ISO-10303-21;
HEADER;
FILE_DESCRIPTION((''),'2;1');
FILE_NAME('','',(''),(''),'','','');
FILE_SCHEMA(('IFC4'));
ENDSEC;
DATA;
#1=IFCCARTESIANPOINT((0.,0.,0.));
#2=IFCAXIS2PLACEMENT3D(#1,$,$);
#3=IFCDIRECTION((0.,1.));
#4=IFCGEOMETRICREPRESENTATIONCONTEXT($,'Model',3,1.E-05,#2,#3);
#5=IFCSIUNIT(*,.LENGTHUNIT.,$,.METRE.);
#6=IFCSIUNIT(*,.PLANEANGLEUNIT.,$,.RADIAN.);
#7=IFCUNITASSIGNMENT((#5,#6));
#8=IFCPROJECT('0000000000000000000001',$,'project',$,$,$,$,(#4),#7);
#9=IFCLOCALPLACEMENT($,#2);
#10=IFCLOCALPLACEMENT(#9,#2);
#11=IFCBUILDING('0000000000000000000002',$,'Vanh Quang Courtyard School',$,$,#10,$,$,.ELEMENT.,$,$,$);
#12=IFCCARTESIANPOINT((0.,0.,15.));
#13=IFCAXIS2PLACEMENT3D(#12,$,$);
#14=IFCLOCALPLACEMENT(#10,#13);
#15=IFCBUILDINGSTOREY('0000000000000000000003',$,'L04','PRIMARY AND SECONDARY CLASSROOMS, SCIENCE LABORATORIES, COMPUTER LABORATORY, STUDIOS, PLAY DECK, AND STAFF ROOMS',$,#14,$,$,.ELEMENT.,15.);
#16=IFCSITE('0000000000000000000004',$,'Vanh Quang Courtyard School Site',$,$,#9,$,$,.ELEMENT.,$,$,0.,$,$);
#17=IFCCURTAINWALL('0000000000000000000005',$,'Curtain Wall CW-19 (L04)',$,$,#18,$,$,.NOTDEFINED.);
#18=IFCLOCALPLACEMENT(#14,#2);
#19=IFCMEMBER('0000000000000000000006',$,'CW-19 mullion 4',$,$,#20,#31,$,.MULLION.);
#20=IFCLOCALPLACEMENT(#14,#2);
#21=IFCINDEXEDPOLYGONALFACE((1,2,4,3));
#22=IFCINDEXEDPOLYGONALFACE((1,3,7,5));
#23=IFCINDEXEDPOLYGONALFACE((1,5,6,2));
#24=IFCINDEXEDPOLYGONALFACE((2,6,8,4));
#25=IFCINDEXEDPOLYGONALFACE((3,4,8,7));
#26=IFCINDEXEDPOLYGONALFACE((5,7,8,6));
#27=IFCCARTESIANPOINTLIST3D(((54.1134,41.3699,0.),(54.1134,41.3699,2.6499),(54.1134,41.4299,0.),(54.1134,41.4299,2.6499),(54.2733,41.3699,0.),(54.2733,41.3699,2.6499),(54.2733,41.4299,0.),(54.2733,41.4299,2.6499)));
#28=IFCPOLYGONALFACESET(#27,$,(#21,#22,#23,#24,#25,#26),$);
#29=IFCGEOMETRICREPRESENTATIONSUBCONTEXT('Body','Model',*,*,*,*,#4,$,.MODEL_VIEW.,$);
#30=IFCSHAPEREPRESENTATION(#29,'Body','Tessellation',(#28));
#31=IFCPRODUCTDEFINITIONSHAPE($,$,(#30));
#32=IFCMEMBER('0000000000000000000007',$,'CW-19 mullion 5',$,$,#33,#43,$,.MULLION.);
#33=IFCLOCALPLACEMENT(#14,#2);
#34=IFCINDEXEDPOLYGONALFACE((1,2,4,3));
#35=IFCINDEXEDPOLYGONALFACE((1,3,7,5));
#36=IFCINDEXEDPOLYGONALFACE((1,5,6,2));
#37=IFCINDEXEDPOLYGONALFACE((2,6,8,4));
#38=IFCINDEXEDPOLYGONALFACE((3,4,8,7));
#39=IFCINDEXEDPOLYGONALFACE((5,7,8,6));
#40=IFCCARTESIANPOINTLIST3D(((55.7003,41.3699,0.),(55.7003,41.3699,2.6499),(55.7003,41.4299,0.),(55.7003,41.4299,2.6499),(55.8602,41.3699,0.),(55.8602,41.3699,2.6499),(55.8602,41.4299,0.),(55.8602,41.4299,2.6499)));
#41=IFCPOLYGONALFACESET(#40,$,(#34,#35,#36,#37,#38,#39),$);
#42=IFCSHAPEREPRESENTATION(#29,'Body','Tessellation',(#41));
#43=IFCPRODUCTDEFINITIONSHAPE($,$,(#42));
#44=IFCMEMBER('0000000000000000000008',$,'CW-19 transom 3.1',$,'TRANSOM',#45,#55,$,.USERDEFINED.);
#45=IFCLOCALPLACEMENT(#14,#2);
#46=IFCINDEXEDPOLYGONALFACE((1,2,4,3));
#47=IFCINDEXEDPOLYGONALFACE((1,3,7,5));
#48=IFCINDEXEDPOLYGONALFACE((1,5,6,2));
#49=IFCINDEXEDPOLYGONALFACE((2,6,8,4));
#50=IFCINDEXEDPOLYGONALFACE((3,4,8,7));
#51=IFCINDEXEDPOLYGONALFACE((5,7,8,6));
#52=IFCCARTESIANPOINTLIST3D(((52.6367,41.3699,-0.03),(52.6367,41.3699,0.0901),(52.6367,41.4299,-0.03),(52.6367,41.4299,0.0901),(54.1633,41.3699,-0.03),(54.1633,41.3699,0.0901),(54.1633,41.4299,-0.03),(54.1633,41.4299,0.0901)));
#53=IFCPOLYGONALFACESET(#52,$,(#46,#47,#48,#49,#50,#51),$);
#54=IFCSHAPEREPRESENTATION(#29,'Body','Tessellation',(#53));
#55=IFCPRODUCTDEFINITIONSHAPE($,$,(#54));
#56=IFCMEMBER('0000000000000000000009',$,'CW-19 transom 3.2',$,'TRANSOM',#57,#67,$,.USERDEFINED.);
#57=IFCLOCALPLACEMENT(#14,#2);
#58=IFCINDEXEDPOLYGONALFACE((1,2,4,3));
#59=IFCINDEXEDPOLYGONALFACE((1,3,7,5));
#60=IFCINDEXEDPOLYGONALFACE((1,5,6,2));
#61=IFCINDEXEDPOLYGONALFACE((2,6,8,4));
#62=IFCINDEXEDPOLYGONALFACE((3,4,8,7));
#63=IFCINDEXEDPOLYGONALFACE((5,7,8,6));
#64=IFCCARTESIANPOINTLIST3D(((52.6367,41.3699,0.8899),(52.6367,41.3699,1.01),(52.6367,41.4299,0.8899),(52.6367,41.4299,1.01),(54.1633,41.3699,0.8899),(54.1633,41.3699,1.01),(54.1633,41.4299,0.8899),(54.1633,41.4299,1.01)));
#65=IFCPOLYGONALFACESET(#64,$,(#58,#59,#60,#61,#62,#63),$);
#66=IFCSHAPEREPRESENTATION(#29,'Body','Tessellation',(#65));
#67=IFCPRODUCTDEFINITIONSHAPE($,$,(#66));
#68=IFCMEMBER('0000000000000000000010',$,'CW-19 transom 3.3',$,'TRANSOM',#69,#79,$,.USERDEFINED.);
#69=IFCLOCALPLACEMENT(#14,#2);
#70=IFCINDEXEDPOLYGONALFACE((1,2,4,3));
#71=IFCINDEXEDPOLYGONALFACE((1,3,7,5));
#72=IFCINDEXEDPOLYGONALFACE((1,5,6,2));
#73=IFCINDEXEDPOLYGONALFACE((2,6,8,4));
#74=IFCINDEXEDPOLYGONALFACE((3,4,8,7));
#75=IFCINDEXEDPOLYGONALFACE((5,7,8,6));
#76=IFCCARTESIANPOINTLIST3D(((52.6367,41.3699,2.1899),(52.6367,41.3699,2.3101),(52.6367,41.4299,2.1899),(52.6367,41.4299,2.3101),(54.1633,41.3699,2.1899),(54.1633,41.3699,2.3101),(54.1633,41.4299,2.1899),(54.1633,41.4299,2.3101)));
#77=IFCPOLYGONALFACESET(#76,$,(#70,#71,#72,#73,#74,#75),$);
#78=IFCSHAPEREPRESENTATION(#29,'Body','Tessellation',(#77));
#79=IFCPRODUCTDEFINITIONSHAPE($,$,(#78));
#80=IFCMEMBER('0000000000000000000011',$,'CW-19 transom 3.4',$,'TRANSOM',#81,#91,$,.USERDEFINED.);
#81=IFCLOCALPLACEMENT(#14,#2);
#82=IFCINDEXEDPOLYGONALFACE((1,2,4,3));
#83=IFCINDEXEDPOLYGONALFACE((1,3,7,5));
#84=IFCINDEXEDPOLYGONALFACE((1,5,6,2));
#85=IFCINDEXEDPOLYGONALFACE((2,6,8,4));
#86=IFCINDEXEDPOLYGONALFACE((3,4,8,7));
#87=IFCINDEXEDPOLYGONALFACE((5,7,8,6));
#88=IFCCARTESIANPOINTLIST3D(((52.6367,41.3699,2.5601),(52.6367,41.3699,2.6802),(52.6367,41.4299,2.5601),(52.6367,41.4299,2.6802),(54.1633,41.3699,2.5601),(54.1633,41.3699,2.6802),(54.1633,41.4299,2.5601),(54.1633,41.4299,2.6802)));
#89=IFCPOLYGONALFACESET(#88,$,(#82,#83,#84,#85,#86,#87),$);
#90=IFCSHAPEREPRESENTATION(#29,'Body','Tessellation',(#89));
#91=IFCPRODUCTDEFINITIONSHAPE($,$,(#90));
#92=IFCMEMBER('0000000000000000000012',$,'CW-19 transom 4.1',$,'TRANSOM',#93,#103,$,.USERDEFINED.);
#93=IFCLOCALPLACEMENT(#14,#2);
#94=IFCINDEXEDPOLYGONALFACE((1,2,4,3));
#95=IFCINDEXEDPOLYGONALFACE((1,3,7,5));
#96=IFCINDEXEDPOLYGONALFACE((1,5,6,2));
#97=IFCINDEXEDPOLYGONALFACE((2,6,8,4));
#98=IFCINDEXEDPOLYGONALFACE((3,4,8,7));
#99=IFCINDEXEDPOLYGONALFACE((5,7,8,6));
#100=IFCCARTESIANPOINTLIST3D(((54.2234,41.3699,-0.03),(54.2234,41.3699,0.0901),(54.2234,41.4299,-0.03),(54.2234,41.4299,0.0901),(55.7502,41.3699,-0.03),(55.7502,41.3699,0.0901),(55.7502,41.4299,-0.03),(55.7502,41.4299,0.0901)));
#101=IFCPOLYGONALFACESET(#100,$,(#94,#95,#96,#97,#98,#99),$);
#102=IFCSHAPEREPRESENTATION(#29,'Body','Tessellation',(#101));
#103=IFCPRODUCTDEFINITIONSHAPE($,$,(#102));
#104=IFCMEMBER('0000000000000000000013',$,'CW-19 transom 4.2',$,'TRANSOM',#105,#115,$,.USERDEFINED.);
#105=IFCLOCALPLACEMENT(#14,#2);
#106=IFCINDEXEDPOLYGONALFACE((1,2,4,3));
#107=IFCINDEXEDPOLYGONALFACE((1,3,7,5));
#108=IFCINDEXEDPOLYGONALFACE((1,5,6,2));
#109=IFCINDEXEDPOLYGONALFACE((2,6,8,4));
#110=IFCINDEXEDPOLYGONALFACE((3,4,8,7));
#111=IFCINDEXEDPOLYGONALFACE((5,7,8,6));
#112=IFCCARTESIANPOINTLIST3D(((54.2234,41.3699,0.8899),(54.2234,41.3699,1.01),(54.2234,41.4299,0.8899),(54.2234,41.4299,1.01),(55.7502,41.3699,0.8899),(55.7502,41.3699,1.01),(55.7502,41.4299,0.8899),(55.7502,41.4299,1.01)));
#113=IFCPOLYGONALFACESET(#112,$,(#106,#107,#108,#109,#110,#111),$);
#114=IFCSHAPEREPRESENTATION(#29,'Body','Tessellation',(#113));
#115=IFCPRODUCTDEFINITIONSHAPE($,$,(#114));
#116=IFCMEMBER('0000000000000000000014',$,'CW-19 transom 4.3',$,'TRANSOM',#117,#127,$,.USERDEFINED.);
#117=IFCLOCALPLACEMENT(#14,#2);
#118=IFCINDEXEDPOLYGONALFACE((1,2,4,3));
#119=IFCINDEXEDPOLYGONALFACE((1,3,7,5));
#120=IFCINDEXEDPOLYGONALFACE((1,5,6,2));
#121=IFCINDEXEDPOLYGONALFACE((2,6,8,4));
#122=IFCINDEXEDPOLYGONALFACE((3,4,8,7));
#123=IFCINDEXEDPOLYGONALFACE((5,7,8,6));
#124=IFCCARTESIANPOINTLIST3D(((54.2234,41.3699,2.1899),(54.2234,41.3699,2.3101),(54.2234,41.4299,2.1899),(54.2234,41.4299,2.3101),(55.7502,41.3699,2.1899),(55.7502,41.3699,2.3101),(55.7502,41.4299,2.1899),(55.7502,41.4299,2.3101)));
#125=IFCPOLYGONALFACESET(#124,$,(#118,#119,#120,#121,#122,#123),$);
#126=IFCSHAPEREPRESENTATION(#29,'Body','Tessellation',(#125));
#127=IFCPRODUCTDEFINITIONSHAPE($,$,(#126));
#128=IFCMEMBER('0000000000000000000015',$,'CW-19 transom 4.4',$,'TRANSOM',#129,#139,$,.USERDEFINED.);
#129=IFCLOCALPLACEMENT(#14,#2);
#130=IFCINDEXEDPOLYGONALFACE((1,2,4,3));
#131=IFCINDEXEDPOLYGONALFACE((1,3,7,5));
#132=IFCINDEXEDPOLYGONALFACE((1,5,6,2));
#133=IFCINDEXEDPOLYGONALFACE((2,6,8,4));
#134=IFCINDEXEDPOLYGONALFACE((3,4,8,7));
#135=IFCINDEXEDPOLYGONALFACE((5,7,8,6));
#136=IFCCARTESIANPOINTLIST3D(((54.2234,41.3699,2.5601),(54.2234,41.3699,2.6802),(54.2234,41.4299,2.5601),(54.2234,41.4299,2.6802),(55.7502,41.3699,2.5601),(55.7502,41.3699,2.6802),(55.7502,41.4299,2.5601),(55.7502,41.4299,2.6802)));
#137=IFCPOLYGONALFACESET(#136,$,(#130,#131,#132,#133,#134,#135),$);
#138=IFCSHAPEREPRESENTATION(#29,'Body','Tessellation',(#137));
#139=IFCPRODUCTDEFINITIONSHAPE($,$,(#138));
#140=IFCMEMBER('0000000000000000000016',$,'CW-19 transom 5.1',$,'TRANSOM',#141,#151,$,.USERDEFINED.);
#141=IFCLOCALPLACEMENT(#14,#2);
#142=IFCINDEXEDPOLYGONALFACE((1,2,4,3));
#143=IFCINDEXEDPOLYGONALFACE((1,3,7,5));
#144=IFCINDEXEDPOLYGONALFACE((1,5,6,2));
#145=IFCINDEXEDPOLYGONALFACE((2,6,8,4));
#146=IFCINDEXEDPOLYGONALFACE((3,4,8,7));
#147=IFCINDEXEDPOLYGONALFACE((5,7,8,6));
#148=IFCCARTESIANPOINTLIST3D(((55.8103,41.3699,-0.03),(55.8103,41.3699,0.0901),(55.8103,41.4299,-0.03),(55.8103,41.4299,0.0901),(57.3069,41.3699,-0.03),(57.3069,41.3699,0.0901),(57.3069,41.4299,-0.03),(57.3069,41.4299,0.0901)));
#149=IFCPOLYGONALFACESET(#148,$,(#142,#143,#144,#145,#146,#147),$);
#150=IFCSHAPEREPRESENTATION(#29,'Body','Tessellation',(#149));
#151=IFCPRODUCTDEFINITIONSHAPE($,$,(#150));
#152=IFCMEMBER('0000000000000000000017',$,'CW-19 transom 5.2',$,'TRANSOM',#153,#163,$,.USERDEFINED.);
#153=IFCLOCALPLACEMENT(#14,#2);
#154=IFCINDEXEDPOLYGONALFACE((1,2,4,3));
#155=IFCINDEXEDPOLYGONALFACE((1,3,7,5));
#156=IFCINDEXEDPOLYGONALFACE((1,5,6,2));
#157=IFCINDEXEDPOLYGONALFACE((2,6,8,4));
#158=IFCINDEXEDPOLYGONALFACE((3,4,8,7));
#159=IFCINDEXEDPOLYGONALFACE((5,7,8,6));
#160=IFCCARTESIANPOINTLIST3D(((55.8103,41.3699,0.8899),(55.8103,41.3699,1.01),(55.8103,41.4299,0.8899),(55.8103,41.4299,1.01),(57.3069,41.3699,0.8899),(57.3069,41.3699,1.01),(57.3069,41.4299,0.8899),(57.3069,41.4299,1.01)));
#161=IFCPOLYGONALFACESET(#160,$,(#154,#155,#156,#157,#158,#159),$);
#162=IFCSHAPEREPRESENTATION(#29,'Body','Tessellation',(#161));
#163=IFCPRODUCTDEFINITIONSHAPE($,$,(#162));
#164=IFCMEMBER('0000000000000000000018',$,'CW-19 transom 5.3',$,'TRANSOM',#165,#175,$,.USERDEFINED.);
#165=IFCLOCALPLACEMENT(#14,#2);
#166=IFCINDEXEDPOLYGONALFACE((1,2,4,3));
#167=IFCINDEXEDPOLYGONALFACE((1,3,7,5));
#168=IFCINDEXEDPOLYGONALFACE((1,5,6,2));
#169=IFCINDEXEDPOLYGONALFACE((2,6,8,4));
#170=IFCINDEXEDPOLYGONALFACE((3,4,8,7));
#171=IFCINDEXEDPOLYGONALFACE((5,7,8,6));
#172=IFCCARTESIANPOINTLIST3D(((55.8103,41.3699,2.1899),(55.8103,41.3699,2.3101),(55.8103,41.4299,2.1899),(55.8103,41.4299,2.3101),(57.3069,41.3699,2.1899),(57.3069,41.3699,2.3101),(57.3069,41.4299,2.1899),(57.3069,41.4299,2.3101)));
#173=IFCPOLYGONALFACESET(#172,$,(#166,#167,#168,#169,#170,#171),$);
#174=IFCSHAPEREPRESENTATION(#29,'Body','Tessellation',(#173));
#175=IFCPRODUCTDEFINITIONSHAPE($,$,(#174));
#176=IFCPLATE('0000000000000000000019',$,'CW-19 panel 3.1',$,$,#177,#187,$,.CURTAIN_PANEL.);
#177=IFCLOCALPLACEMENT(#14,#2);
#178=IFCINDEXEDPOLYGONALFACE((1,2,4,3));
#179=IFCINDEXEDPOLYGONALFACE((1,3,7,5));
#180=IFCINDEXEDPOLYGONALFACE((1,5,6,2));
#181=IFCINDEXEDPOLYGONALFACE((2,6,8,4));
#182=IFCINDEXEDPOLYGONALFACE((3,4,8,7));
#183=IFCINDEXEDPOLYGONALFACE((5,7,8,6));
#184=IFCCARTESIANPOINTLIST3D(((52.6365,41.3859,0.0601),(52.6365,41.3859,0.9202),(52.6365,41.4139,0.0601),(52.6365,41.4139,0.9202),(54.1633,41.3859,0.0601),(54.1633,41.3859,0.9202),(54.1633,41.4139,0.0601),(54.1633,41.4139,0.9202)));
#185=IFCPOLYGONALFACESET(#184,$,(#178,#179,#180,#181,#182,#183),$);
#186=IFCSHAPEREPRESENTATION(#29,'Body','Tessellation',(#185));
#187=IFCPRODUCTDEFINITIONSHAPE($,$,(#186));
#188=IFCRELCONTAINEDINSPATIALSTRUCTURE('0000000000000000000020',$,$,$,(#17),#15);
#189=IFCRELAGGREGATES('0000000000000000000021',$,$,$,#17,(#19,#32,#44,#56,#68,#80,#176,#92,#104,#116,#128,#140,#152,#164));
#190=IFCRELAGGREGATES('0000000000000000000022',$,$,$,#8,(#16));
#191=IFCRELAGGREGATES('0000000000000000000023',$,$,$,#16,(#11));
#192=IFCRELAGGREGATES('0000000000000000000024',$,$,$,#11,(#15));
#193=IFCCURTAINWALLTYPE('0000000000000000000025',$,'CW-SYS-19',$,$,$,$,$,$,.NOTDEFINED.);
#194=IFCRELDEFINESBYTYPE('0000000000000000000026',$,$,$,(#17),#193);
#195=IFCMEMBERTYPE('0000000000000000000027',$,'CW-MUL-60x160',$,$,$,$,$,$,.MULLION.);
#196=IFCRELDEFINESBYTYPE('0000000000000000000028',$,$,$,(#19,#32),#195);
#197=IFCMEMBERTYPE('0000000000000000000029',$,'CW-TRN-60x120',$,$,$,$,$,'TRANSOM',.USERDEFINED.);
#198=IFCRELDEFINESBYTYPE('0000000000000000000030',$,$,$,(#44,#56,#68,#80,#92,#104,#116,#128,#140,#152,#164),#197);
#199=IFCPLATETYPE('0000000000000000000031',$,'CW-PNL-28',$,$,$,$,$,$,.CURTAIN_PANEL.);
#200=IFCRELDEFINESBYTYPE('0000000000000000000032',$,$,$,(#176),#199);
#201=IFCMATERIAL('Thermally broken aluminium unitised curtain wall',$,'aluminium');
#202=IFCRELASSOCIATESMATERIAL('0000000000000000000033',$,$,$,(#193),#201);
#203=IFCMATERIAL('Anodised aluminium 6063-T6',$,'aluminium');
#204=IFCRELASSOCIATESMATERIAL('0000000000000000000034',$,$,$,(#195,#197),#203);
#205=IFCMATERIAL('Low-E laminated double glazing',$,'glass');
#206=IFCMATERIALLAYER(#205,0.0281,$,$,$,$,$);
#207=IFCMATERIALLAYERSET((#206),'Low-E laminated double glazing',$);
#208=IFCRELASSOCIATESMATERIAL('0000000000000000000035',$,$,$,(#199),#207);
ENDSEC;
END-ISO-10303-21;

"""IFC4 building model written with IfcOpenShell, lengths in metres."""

from ifc_helpers import new_model, si_unit, direction, frame, origin, origin_2d, place, context, subcontext, project, spatial, rectangle, extrude, material, layer, layer_set, material_profile, profile_set, type_object, element, aggregate, save


model = new_model("IFC4")

# Units and contexts
model_context = context("Model", 3, precision=1e-05, world=origin(), true_north=direction((0.0, 1.0)))
body_context = subcontext(model_context, "Body", "Model", "MODEL_VIEW")
ifc_project = project(units=[si_unit("LENGTHUNIT", "METRE"), si_unit("PLANEANGLEUNIT", "RADIAN")], contexts=[model_context])

# Site, building, storey
site_placement = place(None, origin())
site = spatial("IfcSite", under=ifc_project, at=site_placement, Name="Vanh Quang Courtyard School Site", CompositionType="ELEMENT", RefElevation=0.0)
building_placement = place(site_placement, origin())
building = spatial("IfcBuilding", under=site, at=building_placement, Name="Vanh Quang Courtyard School", CompositionType="ELEMENT")
storey_placement = place(building_placement, frame((0.0, 0.0, 15.0)))
storey = spatial("IfcBuildingStorey", under=building, at=storey_placement, Name="L04", Description="PRIMARY AND SECONDARY CLASSROOMS, SCIENCE LABORATORIES, COMPUTER LABORATORY, STUDIOS, PLAY DECK, AND STAFF ROOMS", CompositionType="ELEMENT", Elevation=15.0)

# Curtain wall, members, plate
ifc_material_1 = material(Name="Thermally broken aluminium unitised curtain wall", Category="aluminium")
curtain_wall_type = type_object("IfcCurtainWallType", Name="CW-SYS-19", PredefinedType="NOTDEFINED", material=ifc_material_1)
curtain_wall_placement = place(storey_placement, origin())
curtain_wall = element("IfcCurtainWall", 1, at=curtain_wall_placement, inside=storey, type_object=curtain_wall_type, Name="Curtain Wall CW-19 (L04)", PredefinedType="NOTDEFINED")
ifc_material_2 = material(Name="Anodised aluminium 6063-T6", Category="aluminium")
ifc_material_profile_1 = material_profile(ifc_material_2, rectangle(XDim=0.0601, YDim=0.1599, at=origin_2d()), Name="ALU-MUL 60x160")
ifc_profile_set_1 = profile_set([ifc_material_profile_1], Name="Anodised aluminium 6063-T6")
member_type_1 = type_object("IfcMemberType", Name="CW-MUL-60x160", PredefinedType="MULLION", material=ifc_profile_set_1)
member_1_placement = place(storey_placement, frame((54.1934, 41.3999, 0.0), z_axis=(0.0, 0.0, 1.0), x_axis=(0.0, 1.0, 0.0)))
member_1 = element("IfcMember", 2, at=member_1_placement, type_object=member_type_1, Name="CW-19 mullion 4", PredefinedType="MULLION", context=body_context, shape_type="SweptSolid", body=[
    extrude(rectangle(XDim=0.0601, YDim=0.1599, at=origin_2d()), origin(), (0.0, 0.0, 1.0), 2.6499),
])
member_2_placement = place(storey_placement, frame((55.7803, 41.3999, 0.0), z_axis=(0.0, 0.0, 1.0), x_axis=(0.0, 1.0, 0.0)))
member_2 = element("IfcMember", 3, at=member_2_placement, type_object=member_type_1, Name="CW-19 mullion 5", PredefinedType="MULLION", context=body_context, shape_type="SweptSolid", body=[
    extrude(rectangle(XDim=0.0601, YDim=0.1599, at=origin_2d()), origin(), (0.0, 0.0, 1.0), 2.6499),
])
ifc_material_profile_2 = material_profile(ifc_material_2, rectangle(XDim=0.0601, YDim=0.1201, at=origin_2d()), Name="ALU-TRN 60x120")
ifc_profile_set_2 = profile_set([ifc_material_profile_2], Name="Anodised aluminium 6063-T6")
member_type_2 = type_object("IfcMemberType", Name="CW-TRN-60x120", ElementType="TRANSOM", PredefinedType="USERDEFINED", material=ifc_profile_set_2)
member_3_placement = place(storey_placement, frame((52.6367, 41.3999, 0.03), z_axis=(1.0, 0.0, 0.0), x_axis=(0.0, 1.0, 0.0)))
member_3 = element("IfcMember", 4, at=member_3_placement, type_object=member_type_2, Name="CW-19 transom 3.1", ObjectType="TRANSOM", PredefinedType="USERDEFINED", context=body_context, shape_type="SweptSolid", body=[
    extrude(rectangle(XDim=0.0601, YDim=0.1201, at=origin_2d()), origin(), (0.0, 0.0, 1.0), 1.5266),
])
member_4_placement = place(storey_placement, frame((52.6367, 41.3999, 0.95), z_axis=(1.0, 0.0, 0.0), x_axis=(0.0, 1.0, 0.0)))
member_4 = element("IfcMember", 5, at=member_4_placement, type_object=member_type_2, Name="CW-19 transom 3.2", ObjectType="TRANSOM", PredefinedType="USERDEFINED", context=body_context, shape_type="SweptSolid", body=[
    extrude(rectangle(XDim=0.0601, YDim=0.1201, at=origin_2d()), origin(), (0.0, 0.0, 1.0), 1.5266),
])
member_5_placement = place(storey_placement, frame((52.6367, 41.3999, 2.25), z_axis=(1.0, 0.0, 0.0), x_axis=(0.0, 1.0, 0.0)))
member_5 = element("IfcMember", 6, at=member_5_placement, type_object=member_type_2, Name="CW-19 transom 3.3", ObjectType="TRANSOM", PredefinedType="USERDEFINED", context=body_context, shape_type="SweptSolid", body=[
    extrude(rectangle(XDim=0.0601, YDim=0.1201, at=origin_2d()), origin(), (0.0, 0.0, 1.0), 1.5266),
])
member_6_placement = place(storey_placement, frame((52.6367, 41.3999, 2.6201), z_axis=(1.0, 0.0, 0.0), x_axis=(0.0, 1.0, 0.0)))
member_6 = element("IfcMember", 7, at=member_6_placement, type_object=member_type_2, Name="CW-19 transom 3.4", ObjectType="TRANSOM", PredefinedType="USERDEFINED", context=body_context, shape_type="SweptSolid", body=[
    extrude(rectangle(XDim=0.0601, YDim=0.1201, at=origin_2d()), origin(), (0.0, 0.0, 1.0), 1.5266),
])
member_7_placement = place(storey_placement, frame((54.2234, 41.3999, 0.03), z_axis=(1.0, 0.0, 0.0), x_axis=(0.0, 1.0, 0.0)))
member_7 = element("IfcMember", 8, at=member_7_placement, type_object=member_type_2, Name="CW-19 transom 4.1", ObjectType="TRANSOM", PredefinedType="USERDEFINED", context=body_context, shape_type="SweptSolid", body=[
    extrude(rectangle(XDim=0.0601, YDim=0.1201, at=origin_2d()), origin(), (0.0, 0.0, 1.0), 1.5269),
])
member_8_placement = place(storey_placement, frame((54.2234, 41.3999, 0.95), z_axis=(1.0, 0.0, 0.0), x_axis=(0.0, 1.0, 0.0)))
member_8 = element("IfcMember", 9, at=member_8_placement, type_object=member_type_2, Name="CW-19 transom 4.2", ObjectType="TRANSOM", PredefinedType="USERDEFINED", context=body_context, shape_type="SweptSolid", body=[
    extrude(rectangle(XDim=0.0601, YDim=0.1201, at=origin_2d()), origin(), (0.0, 0.0, 1.0), 1.5269),
])
member_9_placement = place(storey_placement, frame((54.2234, 41.3999, 2.25), z_axis=(1.0, 0.0, 0.0), x_axis=(0.0, 1.0, 0.0)))
member_9 = element("IfcMember", 10, at=member_9_placement, type_object=member_type_2, Name="CW-19 transom 4.3", ObjectType="TRANSOM", PredefinedType="USERDEFINED", context=body_context, shape_type="SweptSolid", body=[
    extrude(rectangle(XDim=0.0601, YDim=0.1201, at=origin_2d()), origin(), (0.0, 0.0, 1.0), 1.5269),
])
member_10_placement = place(storey_placement, frame((54.2234, 41.3999, 2.6201), z_axis=(1.0, 0.0, 0.0), x_axis=(0.0, 1.0, 0.0)))
member_10 = element("IfcMember", 11, at=member_10_placement, type_object=member_type_2, Name="CW-19 transom 4.4", ObjectType="TRANSOM", PredefinedType="USERDEFINED", context=body_context, shape_type="SweptSolid", body=[
    extrude(rectangle(XDim=0.0601, YDim=0.1201, at=origin_2d()), origin(), (0.0, 0.0, 1.0), 1.5269),
])
member_11_placement = place(storey_placement, frame((55.8103, 41.3999, 0.03), z_axis=(1.0, 0.0, 0.0), x_axis=(0.0, 1.0, 0.0)))
member_11 = element("IfcMember", 12, at=member_11_placement, type_object=member_type_2, Name="CW-19 transom 5.1", ObjectType="TRANSOM", PredefinedType="USERDEFINED", context=body_context, shape_type="SweptSolid", body=[
    extrude(rectangle(XDim=0.0601, YDim=0.1201, at=origin_2d()), origin(), (0.0, 0.0, 1.0), 1.4966),
])
member_12_placement = place(storey_placement, frame((55.8103, 41.3999, 0.95), z_axis=(1.0, 0.0, 0.0), x_axis=(0.0, 1.0, 0.0)))
member_12 = element("IfcMember", 13, at=member_12_placement, type_object=member_type_2, Name="CW-19 transom 5.2", ObjectType="TRANSOM", PredefinedType="USERDEFINED", context=body_context, shape_type="SweptSolid", body=[
    extrude(rectangle(XDim=0.0601, YDim=0.1201, at=origin_2d()), origin(), (0.0, 0.0, 1.0), 1.4966),
])
member_13_placement = place(storey_placement, frame((55.8103, 41.3999, 2.25), z_axis=(1.0, 0.0, 0.0), x_axis=(0.0, 1.0, 0.0)))
member_13 = element("IfcMember", 14, at=member_13_placement, type_object=member_type_2, Name="CW-19 transom 5.3", ObjectType="TRANSOM", PredefinedType="USERDEFINED", context=body_context, shape_type="SweptSolid", body=[
    extrude(rectangle(XDim=0.0601, YDim=0.1201, at=origin_2d()), origin(), (0.0, 0.0, 1.0), 1.4966),
])
ifc_material_3 = material(Name="Low-E laminated double glazing", Category="glass")
ifc_layer_1 = layer(ifc_material_3, 0.0281)
ifc_layer_set_1 = layer_set([ifc_layer_1], Name="Low-E laminated double glazing")
plate_type = type_object("IfcPlateType", Name="CW-PNL-28", PredefinedType="CURTAIN_PANEL", material=ifc_layer_set_1)
plate_1_placement = place(storey_placement, frame((53.3999, 41.3999, 0.0601), z_axis=(0.0, 0.0, 1.0), x_axis=(1.0, 0.0, 0.0)))
plate_1 = element("IfcPlate", 15, at=plate_1_placement, type_object=plate_type, Name="CW-19 panel 3.1", PredefinedType="CURTAIN_PANEL", context=body_context, shape_type="SweptSolid", body=[
    extrude(rectangle(XDim=1.5269, YDim=0.0281, at=origin_2d()), origin(), (0.0, 0.0, 1.0), 0.8601),
])
aggregate(curtain_wall, [member_1, member_2, member_3, member_4, member_5, member_6, plate_1, member_7, member_8, member_9, member_10, member_11, member_12, member_13])

save(model, "model.ifc")
